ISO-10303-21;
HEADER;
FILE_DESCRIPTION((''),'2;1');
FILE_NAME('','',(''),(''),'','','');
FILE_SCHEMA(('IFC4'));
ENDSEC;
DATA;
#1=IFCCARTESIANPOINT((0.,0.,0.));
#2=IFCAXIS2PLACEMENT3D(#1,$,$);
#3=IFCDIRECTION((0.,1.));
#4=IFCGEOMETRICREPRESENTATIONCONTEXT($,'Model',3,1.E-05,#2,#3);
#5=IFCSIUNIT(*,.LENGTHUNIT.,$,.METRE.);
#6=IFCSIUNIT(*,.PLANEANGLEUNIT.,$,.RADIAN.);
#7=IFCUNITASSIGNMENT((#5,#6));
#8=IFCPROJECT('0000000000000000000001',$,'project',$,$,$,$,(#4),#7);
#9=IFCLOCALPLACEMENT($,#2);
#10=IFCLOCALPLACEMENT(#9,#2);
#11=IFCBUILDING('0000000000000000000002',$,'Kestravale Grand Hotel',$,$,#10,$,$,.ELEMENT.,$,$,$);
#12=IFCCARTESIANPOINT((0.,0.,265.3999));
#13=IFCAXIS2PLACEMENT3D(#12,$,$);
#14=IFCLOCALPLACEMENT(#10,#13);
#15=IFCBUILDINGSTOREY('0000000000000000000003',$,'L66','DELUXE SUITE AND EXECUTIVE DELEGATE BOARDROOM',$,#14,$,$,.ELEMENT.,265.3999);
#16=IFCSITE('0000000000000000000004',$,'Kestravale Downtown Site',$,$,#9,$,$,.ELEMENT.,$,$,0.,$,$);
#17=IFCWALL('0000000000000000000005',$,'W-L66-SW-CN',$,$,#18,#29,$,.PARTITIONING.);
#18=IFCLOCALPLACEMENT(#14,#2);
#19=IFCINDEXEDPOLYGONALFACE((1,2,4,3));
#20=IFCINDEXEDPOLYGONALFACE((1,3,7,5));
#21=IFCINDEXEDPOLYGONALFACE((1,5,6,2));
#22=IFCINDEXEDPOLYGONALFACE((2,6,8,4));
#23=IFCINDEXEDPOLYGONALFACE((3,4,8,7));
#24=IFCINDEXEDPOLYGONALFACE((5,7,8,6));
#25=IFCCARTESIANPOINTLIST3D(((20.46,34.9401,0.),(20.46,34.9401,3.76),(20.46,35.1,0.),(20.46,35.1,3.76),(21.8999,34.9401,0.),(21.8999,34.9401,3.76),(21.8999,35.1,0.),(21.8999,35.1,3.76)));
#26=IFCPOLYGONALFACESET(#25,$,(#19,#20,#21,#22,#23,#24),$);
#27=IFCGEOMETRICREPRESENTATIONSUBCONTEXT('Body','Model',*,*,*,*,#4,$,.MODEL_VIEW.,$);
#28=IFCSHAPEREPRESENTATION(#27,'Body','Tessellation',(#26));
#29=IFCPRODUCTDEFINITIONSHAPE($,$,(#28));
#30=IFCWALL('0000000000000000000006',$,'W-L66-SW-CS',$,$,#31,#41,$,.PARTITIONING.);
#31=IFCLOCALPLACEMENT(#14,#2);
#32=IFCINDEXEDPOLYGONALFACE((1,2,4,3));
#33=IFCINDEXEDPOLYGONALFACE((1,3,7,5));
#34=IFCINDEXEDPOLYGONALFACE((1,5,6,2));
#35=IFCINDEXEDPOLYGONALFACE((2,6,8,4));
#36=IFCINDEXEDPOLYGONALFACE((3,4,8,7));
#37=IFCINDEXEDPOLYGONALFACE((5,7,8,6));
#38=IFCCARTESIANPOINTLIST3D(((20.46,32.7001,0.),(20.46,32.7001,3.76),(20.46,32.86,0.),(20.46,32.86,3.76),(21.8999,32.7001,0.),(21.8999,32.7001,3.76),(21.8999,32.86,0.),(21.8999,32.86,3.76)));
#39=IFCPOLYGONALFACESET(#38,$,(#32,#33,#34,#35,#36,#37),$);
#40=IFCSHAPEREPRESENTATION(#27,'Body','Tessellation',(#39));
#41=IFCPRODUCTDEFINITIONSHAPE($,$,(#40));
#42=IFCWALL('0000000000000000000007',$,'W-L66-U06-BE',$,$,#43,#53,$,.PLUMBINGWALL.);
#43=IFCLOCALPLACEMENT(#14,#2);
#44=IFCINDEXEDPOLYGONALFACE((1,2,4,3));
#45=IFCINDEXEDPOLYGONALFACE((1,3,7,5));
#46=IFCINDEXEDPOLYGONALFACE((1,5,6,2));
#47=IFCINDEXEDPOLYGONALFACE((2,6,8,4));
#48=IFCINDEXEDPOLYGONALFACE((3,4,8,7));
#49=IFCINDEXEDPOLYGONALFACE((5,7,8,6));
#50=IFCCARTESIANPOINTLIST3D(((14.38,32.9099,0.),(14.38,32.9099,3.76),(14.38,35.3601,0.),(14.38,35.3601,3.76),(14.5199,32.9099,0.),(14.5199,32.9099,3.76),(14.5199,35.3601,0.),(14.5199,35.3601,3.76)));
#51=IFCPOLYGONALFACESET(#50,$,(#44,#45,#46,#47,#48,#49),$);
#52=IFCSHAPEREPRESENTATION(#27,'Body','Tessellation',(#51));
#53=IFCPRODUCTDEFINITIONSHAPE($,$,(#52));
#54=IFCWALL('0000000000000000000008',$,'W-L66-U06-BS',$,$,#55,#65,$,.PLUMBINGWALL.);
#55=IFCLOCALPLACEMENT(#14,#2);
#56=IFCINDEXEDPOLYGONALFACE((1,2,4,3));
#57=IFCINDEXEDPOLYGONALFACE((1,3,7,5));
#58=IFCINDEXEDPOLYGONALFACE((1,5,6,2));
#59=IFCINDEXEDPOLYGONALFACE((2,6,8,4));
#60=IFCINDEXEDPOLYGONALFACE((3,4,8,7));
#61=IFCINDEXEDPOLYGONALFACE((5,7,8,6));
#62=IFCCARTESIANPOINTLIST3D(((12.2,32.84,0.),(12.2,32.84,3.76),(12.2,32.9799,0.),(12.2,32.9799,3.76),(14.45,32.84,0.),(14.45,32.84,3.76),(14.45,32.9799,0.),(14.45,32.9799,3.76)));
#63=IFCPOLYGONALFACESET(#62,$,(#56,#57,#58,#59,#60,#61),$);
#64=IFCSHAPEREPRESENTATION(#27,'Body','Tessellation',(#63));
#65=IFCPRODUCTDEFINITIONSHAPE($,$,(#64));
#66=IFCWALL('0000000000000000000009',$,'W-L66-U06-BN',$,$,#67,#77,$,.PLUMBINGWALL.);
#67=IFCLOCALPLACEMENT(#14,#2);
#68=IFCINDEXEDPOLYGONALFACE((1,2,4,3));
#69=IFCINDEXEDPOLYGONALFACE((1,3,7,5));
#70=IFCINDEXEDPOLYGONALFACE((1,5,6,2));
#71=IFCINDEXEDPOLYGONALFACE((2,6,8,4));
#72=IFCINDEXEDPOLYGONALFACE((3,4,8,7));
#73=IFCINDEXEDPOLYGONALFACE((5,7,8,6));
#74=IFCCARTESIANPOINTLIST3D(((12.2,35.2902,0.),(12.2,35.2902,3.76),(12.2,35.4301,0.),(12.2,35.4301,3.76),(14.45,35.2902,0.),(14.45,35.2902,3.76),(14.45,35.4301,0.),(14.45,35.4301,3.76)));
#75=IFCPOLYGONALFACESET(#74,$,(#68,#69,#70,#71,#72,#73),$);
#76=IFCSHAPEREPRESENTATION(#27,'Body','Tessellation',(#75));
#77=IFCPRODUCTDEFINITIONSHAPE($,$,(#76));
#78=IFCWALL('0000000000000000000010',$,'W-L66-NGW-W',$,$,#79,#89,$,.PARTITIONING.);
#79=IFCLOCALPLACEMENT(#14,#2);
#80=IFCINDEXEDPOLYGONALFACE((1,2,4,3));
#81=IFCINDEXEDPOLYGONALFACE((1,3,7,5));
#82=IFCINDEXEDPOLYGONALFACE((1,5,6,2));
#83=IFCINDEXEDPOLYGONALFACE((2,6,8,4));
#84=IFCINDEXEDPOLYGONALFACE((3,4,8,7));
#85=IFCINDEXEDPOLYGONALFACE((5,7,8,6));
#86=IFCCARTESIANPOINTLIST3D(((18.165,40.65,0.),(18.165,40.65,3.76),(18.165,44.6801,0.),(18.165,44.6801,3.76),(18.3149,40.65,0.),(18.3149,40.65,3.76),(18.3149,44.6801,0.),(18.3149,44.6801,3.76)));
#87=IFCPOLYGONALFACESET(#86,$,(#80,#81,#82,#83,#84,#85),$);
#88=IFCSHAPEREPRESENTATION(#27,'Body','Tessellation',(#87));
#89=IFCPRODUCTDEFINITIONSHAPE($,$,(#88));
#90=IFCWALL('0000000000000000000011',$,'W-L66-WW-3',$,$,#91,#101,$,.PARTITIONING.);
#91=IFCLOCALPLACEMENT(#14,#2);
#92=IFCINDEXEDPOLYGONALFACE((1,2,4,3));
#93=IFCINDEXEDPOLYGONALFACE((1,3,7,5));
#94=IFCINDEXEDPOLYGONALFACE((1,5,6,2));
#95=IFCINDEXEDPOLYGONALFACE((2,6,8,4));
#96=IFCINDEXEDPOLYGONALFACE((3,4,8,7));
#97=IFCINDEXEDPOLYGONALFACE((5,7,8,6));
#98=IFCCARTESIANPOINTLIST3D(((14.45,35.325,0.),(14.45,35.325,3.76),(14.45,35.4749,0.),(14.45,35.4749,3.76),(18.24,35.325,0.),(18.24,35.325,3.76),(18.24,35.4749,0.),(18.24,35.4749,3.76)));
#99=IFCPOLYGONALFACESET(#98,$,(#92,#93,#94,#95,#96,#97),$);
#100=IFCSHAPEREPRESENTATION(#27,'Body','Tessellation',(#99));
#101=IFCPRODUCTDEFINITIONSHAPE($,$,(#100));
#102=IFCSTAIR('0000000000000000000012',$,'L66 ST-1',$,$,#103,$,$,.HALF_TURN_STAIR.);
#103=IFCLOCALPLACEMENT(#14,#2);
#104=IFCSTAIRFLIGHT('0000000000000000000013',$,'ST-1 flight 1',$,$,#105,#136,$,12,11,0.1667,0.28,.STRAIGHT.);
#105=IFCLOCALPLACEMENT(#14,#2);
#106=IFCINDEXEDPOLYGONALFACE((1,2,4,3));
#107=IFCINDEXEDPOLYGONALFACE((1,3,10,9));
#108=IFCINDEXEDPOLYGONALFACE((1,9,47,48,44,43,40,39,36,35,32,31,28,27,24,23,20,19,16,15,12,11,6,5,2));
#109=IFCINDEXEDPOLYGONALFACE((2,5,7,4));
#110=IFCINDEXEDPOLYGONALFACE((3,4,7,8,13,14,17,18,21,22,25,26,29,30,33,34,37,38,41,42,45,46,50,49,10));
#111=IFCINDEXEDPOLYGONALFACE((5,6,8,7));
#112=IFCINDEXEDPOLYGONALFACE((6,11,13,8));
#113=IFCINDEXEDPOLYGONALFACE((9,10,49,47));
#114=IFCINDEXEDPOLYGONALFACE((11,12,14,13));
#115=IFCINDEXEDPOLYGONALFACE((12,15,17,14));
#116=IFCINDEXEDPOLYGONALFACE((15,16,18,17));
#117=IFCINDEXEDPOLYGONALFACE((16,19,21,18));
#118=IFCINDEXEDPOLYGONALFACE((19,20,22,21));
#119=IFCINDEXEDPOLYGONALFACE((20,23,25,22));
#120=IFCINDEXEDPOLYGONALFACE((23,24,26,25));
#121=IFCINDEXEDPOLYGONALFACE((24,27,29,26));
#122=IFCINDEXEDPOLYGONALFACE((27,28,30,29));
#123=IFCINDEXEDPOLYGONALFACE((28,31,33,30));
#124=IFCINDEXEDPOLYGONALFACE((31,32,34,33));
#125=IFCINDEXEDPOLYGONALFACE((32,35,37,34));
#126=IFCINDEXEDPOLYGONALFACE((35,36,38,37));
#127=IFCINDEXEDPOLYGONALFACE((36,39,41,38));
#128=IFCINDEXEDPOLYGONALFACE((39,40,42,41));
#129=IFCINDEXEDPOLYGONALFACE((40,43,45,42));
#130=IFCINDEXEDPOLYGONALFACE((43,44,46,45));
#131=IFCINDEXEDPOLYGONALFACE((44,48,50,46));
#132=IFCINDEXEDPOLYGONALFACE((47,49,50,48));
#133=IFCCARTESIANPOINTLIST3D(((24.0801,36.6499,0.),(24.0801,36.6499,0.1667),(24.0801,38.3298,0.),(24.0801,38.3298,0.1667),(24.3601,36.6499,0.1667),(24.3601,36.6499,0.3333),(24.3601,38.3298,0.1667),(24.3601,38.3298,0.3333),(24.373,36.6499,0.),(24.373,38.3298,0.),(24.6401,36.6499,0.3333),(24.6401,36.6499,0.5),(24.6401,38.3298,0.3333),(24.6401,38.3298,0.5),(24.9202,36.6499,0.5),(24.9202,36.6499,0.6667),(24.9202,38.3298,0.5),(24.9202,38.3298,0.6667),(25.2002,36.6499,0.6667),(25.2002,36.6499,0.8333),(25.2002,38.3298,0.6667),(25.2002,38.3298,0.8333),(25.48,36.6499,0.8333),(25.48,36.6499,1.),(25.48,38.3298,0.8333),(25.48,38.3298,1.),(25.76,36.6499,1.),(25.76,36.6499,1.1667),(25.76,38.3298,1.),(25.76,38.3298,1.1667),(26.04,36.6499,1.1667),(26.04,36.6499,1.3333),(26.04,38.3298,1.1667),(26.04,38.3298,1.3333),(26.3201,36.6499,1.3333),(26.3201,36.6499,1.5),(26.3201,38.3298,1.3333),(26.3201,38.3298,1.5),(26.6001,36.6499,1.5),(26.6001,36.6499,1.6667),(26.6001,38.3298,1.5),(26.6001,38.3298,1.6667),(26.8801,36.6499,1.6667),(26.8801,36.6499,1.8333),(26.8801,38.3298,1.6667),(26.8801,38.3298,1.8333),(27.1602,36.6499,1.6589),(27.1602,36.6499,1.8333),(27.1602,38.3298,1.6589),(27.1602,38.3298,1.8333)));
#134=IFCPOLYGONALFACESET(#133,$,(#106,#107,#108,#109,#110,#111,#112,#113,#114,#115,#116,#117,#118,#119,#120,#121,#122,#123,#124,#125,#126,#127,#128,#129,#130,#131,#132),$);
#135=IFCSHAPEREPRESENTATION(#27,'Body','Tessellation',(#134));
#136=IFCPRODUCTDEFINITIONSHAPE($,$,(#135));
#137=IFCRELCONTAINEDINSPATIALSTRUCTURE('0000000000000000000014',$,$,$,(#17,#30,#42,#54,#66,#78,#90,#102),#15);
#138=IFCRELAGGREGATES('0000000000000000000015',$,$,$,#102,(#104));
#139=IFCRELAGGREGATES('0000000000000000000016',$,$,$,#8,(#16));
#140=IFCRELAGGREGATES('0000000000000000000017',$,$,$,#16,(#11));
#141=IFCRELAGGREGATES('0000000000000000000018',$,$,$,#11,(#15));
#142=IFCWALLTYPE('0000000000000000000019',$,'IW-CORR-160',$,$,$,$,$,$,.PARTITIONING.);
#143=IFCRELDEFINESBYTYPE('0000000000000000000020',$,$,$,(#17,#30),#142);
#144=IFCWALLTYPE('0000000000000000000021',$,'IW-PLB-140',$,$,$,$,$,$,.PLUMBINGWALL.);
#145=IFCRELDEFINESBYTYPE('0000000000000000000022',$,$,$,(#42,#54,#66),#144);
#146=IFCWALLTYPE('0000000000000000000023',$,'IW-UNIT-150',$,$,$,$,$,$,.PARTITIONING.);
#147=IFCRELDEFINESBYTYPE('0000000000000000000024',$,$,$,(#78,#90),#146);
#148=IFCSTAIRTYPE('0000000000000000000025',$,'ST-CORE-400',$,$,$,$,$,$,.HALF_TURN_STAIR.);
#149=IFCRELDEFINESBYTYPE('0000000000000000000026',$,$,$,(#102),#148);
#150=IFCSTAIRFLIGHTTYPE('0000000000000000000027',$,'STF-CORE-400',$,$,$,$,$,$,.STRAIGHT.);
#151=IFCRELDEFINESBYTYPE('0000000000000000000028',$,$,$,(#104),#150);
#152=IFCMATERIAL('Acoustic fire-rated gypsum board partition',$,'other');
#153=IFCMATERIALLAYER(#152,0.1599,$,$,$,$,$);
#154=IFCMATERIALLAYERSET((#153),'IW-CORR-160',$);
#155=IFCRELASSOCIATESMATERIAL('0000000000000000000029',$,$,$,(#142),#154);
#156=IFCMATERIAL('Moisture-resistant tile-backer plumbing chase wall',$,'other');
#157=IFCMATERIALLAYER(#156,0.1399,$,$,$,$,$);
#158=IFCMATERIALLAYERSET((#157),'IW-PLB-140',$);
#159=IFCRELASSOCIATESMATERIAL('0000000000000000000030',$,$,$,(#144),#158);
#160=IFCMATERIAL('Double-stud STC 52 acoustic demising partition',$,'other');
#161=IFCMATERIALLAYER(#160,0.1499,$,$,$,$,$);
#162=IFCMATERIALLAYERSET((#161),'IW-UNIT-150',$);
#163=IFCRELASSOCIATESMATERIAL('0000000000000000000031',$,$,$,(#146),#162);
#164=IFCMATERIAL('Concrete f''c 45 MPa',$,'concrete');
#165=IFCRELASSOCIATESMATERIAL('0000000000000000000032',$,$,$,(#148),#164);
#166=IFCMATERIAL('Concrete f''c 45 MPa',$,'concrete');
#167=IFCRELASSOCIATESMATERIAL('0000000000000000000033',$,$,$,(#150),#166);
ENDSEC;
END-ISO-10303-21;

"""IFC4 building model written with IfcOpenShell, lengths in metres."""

from ifc_helpers import new_model, si_unit, direction, frame, frame_2d, origin, place, context, subcontext, project, spatial, polyline, rectangle, outline, extrude, material, layer, layer_set, type_object, element, aggregate, save


model = new_model("IFC4")

# Units and contexts
model_context = context("Model", 3, precision=1e-05, world=origin(), true_north=direction((0.0, 1.0)))
body_context = subcontext(model_context, "Body", "Model", "MODEL_VIEW")
ifc_project = project(units=[si_unit("LENGTHUNIT", "METRE"), si_unit("PLANEANGLEUNIT", "RADIAN")], contexts=[model_context])

# Site, building, storey
site_placement = place(None, origin())
site = spatial("IfcSite", under=ifc_project, at=site_placement, Name="Kestravale Downtown Site", CompositionType="ELEMENT", RefElevation=0.0)
building_placement = place(site_placement, origin())
building = spatial("IfcBuilding", under=site, at=building_placement, Name="Kestravale Grand Hotel", CompositionType="ELEMENT")
storey_placement = place(building_placement, frame((0.0, 0.0, 265.3999)))
storey = spatial("IfcBuildingStorey", under=building, at=storey_placement, Name="L66", Description="DELUXE SUITE AND EXECUTIVE DELEGATE BOARDROOM", CompositionType="ELEMENT", Elevation=265.3999)

# Walls
ifc_material_1 = material(Name="Acoustic fire-rated gypsum board partition", Category="other")
ifc_layer_1 = layer(ifc_material_1, 0.1599)
ifc_layer_set_1 = layer_set([ifc_layer_1], Name="IW-CORR-160")
wall_type_1 = type_object("IfcWallType", Name="IW-CORR-160", PredefinedType="PARTITIONING", material=ifc_layer_set_1)
for number, where, z_axis, x_axis, name in (
    (1, (20.46, 35.02, 0.0), (0.0, 0.0, 1.0), (1.0, 0.0, 0.0), "W-L66-SW-CN"),
    (2, (20.46, 32.78, 0.0), (0.0, 0.0, 1.0), (1.0, 0.0, 0.0), "W-L66-SW-CS"),
):
    element("IfcWall", number, at=place(storey_placement, frame(where, z_axis=z_axis, x_axis=x_axis)), inside=storey, type_object=wall_type_1, Name=name, PredefinedType="PARTITIONING", context=body_context, shape_type="SweptSolid", body=[
        extrude(rectangle(XDim=1.4399, YDim=0.1599, at=frame_2d((0.72, 0.0))), origin(), (0.0, 0.0, 1.0), 3.76),
    ])
ifc_material_2 = material(Name="Moisture-resistant tile-backer plumbing chase wall", Category="other")
ifc_layer_2 = layer(ifc_material_2, 0.1399)
ifc_layer_set_2 = layer_set([ifc_layer_2], Name="IW-PLB-140")
wall_type_2 = type_object("IfcWallType", Name="IW-PLB-140", PredefinedType="PLUMBINGWALL", material=ifc_layer_set_2)
wall_1_placement = place(storey_placement, frame((14.45, 32.9099, 0.0), z_axis=(0.0, 0.0, 1.0), x_axis=(0.0, 1.0, 0.0)))
element("IfcWall", 3, at=wall_1_placement, inside=storey, type_object=wall_type_2, Name="W-L66-U06-BE", PredefinedType="PLUMBINGWALL", context=body_context, shape_type="SweptSolid", body=[
    extrude(rectangle(XDim=2.4502, YDim=0.1399, at=frame_2d((1.2251, 0.0))), origin(), (0.0, 0.0, 1.0), 3.76),
])
for number, where, z_axis, x_axis, name in (
    (4, (12.2, 32.9099, 0.0), (0.0, 0.0, 1.0), (1.0, 0.0, 0.0), "W-L66-U06-BS"),
    (5, (12.2, 35.3601, 0.0), (0.0, 0.0, 1.0), (1.0, 0.0, 0.0), "W-L66-U06-BN"),
):
    element("IfcWall", number, at=place(storey_placement, frame(where, z_axis=z_axis, x_axis=x_axis)), inside=storey, type_object=wall_type_2, Name=name, PredefinedType="PLUMBINGWALL", context=body_context, shape_type="SweptSolid", body=[
        extrude(rectangle(XDim=2.25, YDim=0.1399, at=frame_2d((1.125, 0.0))), origin(), (0.0, 0.0, 1.0), 3.76),
    ])

# Shared definitions
ifc_material_3 = material(Name="Double-stud STC 52 acoustic demising partition", Category="other")
ifc_layer_3 = layer(ifc_material_3, 0.1499)
ifc_layer_set_3 = layer_set([ifc_layer_3], Name="IW-UNIT-150")
wall_type_3 = type_object("IfcWallType", Name="IW-UNIT-150", PredefinedType="PARTITIONING", material=ifc_layer_set_3)

# Walls
wall_2_placement = place(storey_placement, frame((18.24, 40.6499, 0.0), z_axis=(0.0, 0.0, 1.0), x_axis=(0.0, 1.0, 0.0)))
element("IfcWall", 6, at=wall_2_placement, inside=storey, type_object=wall_type_3, Name="W-L66-NGW-W", PredefinedType="PARTITIONING", context=body_context, shape_type="SweptSolid", body=[
    extrude(rectangle(XDim=4.03, YDim=0.1499, at=frame_2d((2.0151, 0.0))), origin(), (0.0, 0.0, 1.0), 3.76),
])
wall_3_placement = place(storey_placement, frame((14.45, 35.3999, 0.0), z_axis=(0.0, 0.0, 1.0), x_axis=(1.0, 0.0, 0.0)))
element("IfcWall", 7, at=wall_3_placement, inside=storey, type_object=wall_type_3, Name="W-L66-WW-3", PredefinedType="PARTITIONING", context=body_context, shape_type="SweptSolid", body=[
    extrude(rectangle(XDim=3.79, YDim=0.1499, at=frame_2d((1.895, 0.0))), origin(), (0.0, 0.0, 1.0), 3.76),
])

# Stair, stair flight
ifc_material_4 = material(Name="Concrete f'c 45 MPa", Category="concrete")
stair_type = type_object("IfcStairType", Name="ST-CORE-400", PredefinedType="HALF_TURN_STAIR", material=ifc_material_4)
stair_placement = place(storey_placement, origin())
stair = element("IfcStair", 8, at=stair_placement, inside=storey, type_object=stair_type, Name="L66 ST-1", PredefinedType="HALF_TURN_STAIR")
ifc_material_5 = material(Name="Concrete f'c 45 MPa", Category="concrete")
stair_flight_type = type_object("IfcStairFlightType", Name="STF-CORE-400", PredefinedType="STRAIGHT", material=ifc_material_5)
stair_flight_placement = place(storey_placement, frame((24.0801, 37.49, 0.0), z_axis=(0.0, 0.0, 1.0), x_axis=(1.0, 0.0, 0.0)))
stair_flight = element("IfcStairFlight", 9, at=stair_flight_placement, type_object=stair_flight_type, Name="ST-1 flight 1", NumberOfRisers=12, NumberOfTreads=11, PredefinedType="STRAIGHT", RiserHeight=0.1667, TreadLength=0.28, context=body_context, shape_type="SweptSolid", body=[
    extrude(outline(polyline([(0.0, 0.0), (0.0, 0.1667), (0.28, 0.1667), (0.28, 0.3333), (0.5601, 0.3333), (0.5601, 0.5), (0.8401, 0.5), (0.8401, 0.6667), (1.1201, 0.6667), (1.1201, 0.8333), (1.3999, 0.8333), (1.3999, 1.0), (1.6799, 1.0), (1.6799, 1.1667), (1.96, 1.1667), (1.96, 1.3333), (2.24, 1.3333), (2.24, 1.5), (2.52, 1.5), (2.52, 1.6667), (2.8, 1.6667), (2.8, 1.8333), (3.0801, 1.8333), (3.0801, 2.0), (3.0801, 1.6589), (0.293, 0.0), (0.0, 0.0)])), frame((0.0, 0.8398, 0.0), z_axis=(0.0, -1.0, 0.0), x_axis=(1.0, 0.0, 0.0)), (0.0, 0.0, 1.0), 1.6799),
])
aggregate(stair, [stair_flight])

save(model, "model.ifc")
